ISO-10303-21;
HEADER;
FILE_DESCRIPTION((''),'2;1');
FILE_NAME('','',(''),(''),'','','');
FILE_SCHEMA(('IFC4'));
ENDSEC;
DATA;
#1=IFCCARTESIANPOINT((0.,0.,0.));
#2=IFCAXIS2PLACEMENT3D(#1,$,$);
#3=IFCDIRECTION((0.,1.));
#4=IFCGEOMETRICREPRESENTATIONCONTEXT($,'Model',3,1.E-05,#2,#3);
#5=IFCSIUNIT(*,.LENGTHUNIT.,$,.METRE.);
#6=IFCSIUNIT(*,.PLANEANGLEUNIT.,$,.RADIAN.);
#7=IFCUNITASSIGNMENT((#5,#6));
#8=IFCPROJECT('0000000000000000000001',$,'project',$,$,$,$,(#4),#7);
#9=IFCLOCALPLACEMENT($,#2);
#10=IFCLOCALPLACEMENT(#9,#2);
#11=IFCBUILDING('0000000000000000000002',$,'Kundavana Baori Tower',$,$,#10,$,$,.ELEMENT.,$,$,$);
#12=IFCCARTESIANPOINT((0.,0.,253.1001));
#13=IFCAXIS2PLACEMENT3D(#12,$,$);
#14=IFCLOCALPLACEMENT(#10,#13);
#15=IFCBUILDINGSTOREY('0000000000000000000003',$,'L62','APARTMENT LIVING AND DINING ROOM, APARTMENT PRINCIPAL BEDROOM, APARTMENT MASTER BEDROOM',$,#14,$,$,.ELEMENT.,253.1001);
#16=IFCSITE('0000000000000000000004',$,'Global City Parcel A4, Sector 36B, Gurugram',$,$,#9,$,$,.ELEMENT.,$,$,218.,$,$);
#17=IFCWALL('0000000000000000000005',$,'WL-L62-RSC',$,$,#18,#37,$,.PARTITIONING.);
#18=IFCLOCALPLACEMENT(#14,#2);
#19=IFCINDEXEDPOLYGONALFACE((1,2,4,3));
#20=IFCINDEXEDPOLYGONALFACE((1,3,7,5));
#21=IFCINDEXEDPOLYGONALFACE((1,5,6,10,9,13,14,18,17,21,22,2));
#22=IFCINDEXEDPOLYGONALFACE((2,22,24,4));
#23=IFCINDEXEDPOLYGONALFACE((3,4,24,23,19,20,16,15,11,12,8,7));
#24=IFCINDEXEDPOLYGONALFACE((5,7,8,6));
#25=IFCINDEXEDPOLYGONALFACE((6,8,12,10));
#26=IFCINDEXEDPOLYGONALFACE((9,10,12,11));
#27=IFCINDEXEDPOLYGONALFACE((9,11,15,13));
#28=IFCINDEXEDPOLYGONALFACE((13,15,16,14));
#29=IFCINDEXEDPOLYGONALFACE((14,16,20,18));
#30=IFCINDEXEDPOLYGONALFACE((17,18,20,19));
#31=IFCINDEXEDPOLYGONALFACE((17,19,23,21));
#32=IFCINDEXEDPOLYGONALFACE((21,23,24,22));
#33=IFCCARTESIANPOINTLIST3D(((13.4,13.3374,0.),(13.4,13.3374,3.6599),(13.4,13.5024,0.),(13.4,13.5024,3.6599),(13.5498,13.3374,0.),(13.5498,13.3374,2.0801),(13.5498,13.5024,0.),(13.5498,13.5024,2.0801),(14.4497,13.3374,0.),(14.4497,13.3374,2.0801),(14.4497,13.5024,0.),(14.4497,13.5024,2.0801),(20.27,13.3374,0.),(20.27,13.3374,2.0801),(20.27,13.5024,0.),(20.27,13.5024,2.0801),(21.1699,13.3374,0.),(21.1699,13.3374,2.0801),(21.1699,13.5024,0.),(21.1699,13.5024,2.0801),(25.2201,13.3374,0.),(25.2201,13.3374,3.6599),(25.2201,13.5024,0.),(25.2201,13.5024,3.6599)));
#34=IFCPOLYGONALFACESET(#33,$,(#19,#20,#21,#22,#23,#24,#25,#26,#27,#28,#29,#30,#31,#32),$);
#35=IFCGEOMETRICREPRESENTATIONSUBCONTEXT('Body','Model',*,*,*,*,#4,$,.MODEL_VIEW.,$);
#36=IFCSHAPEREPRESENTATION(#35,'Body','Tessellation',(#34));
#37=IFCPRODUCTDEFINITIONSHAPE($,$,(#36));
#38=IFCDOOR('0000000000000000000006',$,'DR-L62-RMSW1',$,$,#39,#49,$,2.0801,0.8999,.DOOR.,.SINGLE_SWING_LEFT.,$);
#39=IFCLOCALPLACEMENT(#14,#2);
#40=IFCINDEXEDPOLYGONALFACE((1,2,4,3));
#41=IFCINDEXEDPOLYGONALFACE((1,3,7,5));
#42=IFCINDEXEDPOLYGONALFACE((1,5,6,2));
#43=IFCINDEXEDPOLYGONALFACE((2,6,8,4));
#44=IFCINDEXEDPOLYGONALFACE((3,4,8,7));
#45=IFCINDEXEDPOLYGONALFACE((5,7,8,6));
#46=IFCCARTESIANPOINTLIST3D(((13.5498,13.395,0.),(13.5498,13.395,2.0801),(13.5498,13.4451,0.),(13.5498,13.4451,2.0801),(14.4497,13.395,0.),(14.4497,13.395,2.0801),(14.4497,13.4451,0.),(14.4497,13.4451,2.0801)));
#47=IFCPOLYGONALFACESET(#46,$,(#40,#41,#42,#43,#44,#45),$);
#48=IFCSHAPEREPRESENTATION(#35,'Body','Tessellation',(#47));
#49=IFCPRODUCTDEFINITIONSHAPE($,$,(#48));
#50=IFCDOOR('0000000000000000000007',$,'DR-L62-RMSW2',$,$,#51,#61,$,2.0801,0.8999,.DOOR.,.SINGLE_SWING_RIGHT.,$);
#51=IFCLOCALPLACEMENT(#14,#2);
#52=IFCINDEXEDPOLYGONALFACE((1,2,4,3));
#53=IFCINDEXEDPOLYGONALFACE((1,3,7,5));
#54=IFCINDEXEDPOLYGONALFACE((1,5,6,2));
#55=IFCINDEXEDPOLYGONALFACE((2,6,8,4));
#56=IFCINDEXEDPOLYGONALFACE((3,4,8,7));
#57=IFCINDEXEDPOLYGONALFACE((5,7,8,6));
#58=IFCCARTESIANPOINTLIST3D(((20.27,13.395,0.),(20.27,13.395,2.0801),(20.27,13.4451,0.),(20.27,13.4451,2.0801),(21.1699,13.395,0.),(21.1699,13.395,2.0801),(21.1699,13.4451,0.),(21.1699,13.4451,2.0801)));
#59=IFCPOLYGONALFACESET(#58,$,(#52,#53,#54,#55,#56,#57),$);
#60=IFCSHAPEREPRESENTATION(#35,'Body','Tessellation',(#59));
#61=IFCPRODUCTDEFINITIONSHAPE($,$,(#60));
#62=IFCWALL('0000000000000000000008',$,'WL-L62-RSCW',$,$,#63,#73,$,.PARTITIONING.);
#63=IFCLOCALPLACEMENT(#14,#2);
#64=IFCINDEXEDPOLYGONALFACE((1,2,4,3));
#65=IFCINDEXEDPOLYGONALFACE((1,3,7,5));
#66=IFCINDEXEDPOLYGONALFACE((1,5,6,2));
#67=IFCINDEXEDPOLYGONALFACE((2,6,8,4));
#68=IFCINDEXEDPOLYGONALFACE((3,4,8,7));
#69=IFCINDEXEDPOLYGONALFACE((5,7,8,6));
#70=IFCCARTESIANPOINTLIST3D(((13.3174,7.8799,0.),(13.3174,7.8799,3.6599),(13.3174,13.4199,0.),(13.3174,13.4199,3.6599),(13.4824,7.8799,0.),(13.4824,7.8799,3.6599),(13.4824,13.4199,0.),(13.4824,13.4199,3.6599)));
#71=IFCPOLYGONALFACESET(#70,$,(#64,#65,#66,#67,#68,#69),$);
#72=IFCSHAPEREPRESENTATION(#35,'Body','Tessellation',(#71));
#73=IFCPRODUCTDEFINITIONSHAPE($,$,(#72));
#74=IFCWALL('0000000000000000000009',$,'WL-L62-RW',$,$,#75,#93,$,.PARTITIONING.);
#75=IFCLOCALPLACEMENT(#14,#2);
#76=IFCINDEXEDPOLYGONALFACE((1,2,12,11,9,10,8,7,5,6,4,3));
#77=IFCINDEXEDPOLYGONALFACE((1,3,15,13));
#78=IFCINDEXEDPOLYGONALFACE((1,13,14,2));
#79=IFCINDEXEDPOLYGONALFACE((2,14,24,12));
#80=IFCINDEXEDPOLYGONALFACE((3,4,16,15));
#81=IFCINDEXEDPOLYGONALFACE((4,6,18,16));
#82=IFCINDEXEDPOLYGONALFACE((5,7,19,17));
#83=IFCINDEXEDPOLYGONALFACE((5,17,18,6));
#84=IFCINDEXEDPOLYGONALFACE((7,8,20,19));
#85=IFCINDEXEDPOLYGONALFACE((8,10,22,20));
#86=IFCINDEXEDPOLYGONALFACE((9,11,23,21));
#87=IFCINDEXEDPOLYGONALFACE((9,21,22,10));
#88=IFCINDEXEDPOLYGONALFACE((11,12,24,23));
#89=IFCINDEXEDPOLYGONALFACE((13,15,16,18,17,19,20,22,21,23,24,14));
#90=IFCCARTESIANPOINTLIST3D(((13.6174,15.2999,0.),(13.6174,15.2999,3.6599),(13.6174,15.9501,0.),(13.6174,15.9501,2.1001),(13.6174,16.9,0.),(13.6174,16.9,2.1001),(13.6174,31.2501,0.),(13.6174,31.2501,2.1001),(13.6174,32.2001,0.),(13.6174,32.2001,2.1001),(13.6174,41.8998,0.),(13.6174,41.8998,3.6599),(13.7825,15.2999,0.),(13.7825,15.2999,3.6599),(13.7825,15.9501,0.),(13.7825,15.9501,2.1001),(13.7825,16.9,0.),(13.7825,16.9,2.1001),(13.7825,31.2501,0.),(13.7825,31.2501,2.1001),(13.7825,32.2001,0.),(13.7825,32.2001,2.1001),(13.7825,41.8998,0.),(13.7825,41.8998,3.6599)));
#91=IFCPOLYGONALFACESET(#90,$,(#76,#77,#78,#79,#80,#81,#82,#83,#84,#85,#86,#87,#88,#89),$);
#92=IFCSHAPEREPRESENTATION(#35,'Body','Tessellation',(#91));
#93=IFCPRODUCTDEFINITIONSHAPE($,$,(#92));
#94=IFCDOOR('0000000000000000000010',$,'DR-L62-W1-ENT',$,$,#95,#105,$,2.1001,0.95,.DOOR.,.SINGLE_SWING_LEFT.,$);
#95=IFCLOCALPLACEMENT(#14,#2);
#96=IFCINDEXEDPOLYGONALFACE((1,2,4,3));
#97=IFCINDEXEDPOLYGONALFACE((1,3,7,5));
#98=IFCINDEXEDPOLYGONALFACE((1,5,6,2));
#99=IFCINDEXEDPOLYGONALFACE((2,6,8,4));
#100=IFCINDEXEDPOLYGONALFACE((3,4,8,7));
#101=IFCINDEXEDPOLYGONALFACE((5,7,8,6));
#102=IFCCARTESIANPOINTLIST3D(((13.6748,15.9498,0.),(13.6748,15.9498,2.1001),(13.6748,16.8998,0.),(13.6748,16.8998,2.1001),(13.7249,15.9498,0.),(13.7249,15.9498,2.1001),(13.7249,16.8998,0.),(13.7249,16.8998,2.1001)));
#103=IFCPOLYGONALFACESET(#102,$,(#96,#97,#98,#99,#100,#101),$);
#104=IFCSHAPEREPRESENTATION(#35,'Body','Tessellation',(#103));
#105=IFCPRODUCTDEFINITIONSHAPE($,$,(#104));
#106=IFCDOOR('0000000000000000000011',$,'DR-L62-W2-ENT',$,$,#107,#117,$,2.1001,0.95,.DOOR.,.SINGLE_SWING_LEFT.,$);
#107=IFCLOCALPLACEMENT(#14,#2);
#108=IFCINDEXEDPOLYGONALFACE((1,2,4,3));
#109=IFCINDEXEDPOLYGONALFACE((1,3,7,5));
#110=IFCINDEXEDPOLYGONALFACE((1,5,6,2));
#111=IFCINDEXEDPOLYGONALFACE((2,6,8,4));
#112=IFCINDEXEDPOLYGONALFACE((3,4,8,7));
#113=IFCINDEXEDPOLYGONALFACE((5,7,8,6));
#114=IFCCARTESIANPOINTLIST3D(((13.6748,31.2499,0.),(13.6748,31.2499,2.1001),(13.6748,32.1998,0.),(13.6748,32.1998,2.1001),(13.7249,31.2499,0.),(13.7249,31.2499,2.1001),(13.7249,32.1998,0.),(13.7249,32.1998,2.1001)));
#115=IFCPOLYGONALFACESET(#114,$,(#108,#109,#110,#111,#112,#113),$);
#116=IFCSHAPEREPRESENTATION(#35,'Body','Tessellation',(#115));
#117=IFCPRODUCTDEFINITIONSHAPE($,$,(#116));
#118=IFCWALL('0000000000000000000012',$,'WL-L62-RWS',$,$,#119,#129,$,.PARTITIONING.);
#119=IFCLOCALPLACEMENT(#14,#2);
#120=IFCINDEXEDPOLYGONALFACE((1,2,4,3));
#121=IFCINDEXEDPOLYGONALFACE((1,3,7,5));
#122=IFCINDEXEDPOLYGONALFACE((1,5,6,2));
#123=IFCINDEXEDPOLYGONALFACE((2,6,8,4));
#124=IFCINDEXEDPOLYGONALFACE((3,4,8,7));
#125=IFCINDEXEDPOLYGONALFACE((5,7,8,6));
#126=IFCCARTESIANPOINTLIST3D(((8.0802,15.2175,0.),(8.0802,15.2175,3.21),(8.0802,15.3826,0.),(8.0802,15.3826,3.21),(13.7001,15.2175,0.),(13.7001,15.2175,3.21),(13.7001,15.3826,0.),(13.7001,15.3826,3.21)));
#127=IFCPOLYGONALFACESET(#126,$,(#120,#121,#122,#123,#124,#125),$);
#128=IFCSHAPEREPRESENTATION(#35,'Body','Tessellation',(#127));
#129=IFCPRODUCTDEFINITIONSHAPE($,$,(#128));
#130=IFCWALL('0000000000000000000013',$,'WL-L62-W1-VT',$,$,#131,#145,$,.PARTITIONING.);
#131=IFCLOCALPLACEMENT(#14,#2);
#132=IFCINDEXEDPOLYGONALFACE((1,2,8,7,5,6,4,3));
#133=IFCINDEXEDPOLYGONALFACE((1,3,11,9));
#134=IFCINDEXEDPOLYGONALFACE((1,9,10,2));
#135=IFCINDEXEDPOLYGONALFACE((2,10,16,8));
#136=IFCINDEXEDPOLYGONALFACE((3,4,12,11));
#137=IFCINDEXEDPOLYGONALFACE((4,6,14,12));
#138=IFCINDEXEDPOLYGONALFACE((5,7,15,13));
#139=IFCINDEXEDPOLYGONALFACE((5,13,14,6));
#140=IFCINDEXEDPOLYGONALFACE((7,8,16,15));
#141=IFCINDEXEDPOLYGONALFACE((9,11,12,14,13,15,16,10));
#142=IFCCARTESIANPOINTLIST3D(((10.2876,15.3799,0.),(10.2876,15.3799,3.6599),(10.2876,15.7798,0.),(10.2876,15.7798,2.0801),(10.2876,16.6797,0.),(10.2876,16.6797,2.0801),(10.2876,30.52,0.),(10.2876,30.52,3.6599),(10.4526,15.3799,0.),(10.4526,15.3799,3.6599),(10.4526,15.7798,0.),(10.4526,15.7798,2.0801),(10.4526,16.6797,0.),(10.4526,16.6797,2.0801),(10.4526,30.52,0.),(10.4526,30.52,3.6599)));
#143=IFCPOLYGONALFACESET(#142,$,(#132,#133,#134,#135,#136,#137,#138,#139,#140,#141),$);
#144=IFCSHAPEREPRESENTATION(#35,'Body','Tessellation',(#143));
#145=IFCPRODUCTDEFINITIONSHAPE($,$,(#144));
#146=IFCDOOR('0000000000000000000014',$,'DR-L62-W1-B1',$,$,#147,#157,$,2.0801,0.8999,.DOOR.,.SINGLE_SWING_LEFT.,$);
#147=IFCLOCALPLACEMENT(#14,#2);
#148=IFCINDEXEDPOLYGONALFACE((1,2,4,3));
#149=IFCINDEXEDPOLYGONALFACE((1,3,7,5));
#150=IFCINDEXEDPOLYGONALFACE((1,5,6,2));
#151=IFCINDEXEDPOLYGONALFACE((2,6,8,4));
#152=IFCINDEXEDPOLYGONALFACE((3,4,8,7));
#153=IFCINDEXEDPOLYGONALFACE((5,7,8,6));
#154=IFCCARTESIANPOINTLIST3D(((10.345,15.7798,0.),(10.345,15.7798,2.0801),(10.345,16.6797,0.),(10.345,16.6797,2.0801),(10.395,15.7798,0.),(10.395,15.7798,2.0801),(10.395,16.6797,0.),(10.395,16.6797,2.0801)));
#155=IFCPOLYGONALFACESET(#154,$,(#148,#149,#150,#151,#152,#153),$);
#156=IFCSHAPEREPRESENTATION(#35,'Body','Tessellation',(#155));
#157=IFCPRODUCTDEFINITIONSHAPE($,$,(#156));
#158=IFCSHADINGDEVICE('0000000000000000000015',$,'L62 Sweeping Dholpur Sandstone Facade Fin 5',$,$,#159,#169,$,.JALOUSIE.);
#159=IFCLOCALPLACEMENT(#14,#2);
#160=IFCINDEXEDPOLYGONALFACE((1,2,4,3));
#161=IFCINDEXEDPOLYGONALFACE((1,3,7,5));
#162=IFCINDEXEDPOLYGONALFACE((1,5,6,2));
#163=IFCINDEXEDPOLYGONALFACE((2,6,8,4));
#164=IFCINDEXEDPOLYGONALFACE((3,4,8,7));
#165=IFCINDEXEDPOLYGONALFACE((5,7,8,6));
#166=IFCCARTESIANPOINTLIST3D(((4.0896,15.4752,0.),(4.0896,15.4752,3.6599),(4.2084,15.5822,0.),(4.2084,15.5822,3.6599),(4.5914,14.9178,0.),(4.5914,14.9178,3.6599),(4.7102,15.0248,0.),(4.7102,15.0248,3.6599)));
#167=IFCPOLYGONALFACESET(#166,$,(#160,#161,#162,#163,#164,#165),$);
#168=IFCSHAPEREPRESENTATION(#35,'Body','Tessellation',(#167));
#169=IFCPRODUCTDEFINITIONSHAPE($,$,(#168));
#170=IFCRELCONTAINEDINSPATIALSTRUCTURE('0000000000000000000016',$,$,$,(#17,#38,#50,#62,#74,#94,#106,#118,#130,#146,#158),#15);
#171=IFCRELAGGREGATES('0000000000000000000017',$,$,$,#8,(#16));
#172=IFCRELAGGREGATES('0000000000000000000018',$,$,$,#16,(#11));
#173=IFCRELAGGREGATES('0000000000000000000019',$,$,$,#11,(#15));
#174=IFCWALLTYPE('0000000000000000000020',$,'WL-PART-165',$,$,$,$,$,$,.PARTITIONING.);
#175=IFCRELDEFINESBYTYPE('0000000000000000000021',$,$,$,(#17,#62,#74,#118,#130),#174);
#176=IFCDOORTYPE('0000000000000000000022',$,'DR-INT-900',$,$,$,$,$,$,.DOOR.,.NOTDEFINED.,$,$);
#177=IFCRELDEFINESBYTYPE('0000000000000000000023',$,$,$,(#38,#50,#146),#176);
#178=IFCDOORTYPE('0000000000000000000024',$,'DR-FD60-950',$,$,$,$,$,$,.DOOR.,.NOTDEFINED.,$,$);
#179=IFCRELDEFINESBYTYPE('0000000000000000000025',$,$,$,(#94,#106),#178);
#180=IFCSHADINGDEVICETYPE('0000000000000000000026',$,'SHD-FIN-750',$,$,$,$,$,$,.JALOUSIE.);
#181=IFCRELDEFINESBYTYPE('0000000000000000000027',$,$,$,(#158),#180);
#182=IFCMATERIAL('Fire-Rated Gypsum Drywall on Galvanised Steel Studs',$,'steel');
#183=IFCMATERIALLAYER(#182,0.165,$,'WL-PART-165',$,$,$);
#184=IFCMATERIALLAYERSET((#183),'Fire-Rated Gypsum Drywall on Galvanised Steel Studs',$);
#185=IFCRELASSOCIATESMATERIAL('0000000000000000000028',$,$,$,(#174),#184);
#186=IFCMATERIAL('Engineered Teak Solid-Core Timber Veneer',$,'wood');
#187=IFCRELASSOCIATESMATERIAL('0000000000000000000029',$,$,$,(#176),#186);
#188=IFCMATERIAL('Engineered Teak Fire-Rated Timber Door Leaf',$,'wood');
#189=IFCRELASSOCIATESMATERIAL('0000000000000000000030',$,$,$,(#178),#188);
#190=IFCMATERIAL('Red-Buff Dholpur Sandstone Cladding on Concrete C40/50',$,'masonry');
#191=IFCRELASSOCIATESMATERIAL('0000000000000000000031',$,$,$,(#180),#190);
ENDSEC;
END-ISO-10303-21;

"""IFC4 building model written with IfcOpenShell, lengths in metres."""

from ifc_helpers import new_model, si_unit, direction, frame, frame_2d, origin, origin_2d, place, context, subcontext, project, spatial, rectangle, extrude, material, layer, layer_set, type_object, element, fill, save


model = new_model("IFC4")

# Units and contexts
model_context = context("Model", 3, precision=1e-05, world=origin(), true_north=direction((0.0, 1.0)))
body_context = subcontext(model_context, "Body", "Model", "MODEL_VIEW")
ifc_project = project(units=[si_unit("LENGTHUNIT", "METRE"), si_unit("PLANEANGLEUNIT", "RADIAN")], contexts=[model_context])

# Site, building, storey
site_placement = place(None, origin())
site = spatial("IfcSite", under=ifc_project, at=site_placement, Name="Global City Parcel A4, Sector 36B, Gurugram", CompositionType="ELEMENT", RefElevation=218.0)
building_placement = place(site_placement, origin())
building = spatial("IfcBuilding", under=site, at=building_placement, Name="Kundavana Baori Tower", CompositionType="ELEMENT")
storey_placement = place(building_placement, frame((0.0, 0.0, 253.1001)))
storey = spatial("IfcBuildingStorey", under=building, at=storey_placement, Name="L62", Description="APARTMENT LIVING AND DINING ROOM, APARTMENT PRINCIPAL BEDROOM, APARTMENT MASTER BEDROOM", CompositionType="ELEMENT", Elevation=253.1001)

# Wall, openings, doors
ifc_material_1 = material(Name="Fire-Rated Gypsum Drywall on Galvanised Steel Studs", Category="steel")
ifc_layer_1 = layer(ifc_material_1, 0.165, Name="WL-PART-165")
ifc_layer_set_1 = layer_set([ifc_layer_1], Name="Fire-Rated Gypsum Drywall on Galvanised Steel Studs")
wall_type_1 = type_object("IfcWallType", Name="WL-PART-165", PredefinedType="PARTITIONING", material=ifc_layer_set_1)
wall_1_placement = place(storey_placement, frame((13.3999, 13.4199, 0.0), z_axis=(0.0, 0.0, 1.0), x_axis=(1.0, 0.0, 0.0)))
wall_1 = element("IfcWall", 1, at=wall_1_placement, inside=storey, type_object=wall_type_1, Name="WL-L62-RSC", PredefinedType="PARTITIONING", context=body_context, shape_type="SweptSolid", body=[
    extrude(rectangle(XDim=11.8201, YDim=0.165, at=frame_2d((5.9102, 0.0))), origin(), (0.0, 0.0, 1.0), 3.6599),
])
opening_1_placement = place(wall_1_placement, frame((0.1499, 0.0, 0.0)))
opening_1 = element("IfcOpeningElement", 2, at=opening_1_placement, cuts=wall_1, PredefinedType="OPENING", context=body_context, shape_type="SweptSolid", body=[
    extrude(rectangle(XDim=0.8999, YDim=2.0801, at=frame_2d((0.45, 1.04))), frame((0.0, 0.0925, 0.0), z_axis=(0.0, -1.0, 0.0), x_axis=(1.0, 0.0, 0.0)), (0.0, 0.0, 1.0), 0.1851),
])
opening_2_placement = place(wall_1_placement, frame((6.8701, 0.0, 0.0)))
opening_2 = element("IfcOpeningElement", 3, at=opening_2_placement, cuts=wall_1, PredefinedType="OPENING", context=body_context, shape_type="SweptSolid", body=[
    extrude(rectangle(XDim=0.8999, YDim=2.0801, at=frame_2d((0.45, 1.04))), frame((0.0, 0.0925, 0.0), z_axis=(0.0, -1.0, 0.0), x_axis=(1.0, 0.0, 0.0)), (0.0, 0.0, 1.0), 0.1851),
])
ifc_material_2 = material(Name="Engineered Teak Solid-Core Timber Veneer", Category="wood")
door_type_1 = type_object("IfcDoorType", Name="DR-INT-900", OperationType="NOTDEFINED", PredefinedType="DOOR", material=ifc_material_2)
door_1_placement = place(opening_1_placement, frame((0.8999, 0.0, 0.0), z_axis=(0.0, 0.0, 1.0), x_axis=(-1.0, 0.0, 0.0)))
door_1 = element("IfcDoor", 4, at=door_1_placement, inside=storey, type_object=door_type_1, Name="DR-L62-RMSW1", OperationType="SINGLE_SWING_LEFT", OverallHeight=2.0801, OverallWidth=0.8999, PredefinedType="DOOR", context=body_context, shape_type="SweptSolid", body=[
    extrude(rectangle(XDim=0.8999, YDim=2.0801, at=frame_2d((0.45, 1.04))), frame((0.0, 0.0249, 0.0), z_axis=(0.0, -1.0, 0.0), x_axis=(1.0, 0.0, 0.0)), (0.0, 0.0, 1.0), 0.05),
])
fill(opening_1, door_1)
door_2_placement = place(opening_2_placement, frame((0.8999, 0.0, 0.0), z_axis=(0.0, 0.0, 1.0), x_axis=(-1.0, 0.0, 0.0)))
door_2 = element("IfcDoor", 5, at=door_2_placement, inside=storey, type_object=door_type_1, Name="DR-L62-RMSW2", OperationType="SINGLE_SWING_RIGHT", OverallHeight=2.0801, OverallWidth=0.8999, PredefinedType="DOOR", context=body_context, shape_type="SweptSolid", body=[
    extrude(rectangle(XDim=0.8999, YDim=2.0801, at=frame_2d((0.45, 1.04))), frame((0.0, 0.0249, 0.0), z_axis=(0.0, -1.0, 0.0), x_axis=(1.0, 0.0, 0.0)), (0.0, 0.0, 1.0), 0.05),
])
fill(opening_2, door_2)

# Wall
wall_2_placement = place(storey_placement, frame((13.3999, 7.8799, 0.0), z_axis=(0.0, 0.0, 1.0), x_axis=(0.0, 1.0, 0.0)))
element("IfcWall", 6, at=wall_2_placement, inside=storey, type_object=wall_type_1, Name="WL-L62-RSCW", PredefinedType="PARTITIONING", context=body_context, shape_type="SweptSolid", body=[
    extrude(rectangle(XDim=5.54, YDim=0.165, at=frame_2d((2.77, 0.0))), origin(), (0.0, 0.0, 1.0), 3.6599),
])

# Wall, openings, doors
wall_3_placement = place(storey_placement, frame((13.7, 15.3, 0.0), z_axis=(0.0, 0.0, 1.0), x_axis=(0.0, 1.0, 0.0)))
wall_3 = element("IfcWall", 7, at=wall_3_placement, inside=storey, type_object=wall_type_1, Name="WL-L62-RW", PredefinedType="PARTITIONING", context=body_context, shape_type="SweptSolid", body=[
    extrude(rectangle(XDim=26.5999, YDim=0.165, at=frame_2d((13.2998, 0.0))), origin(), (0.0, 0.0, 1.0), 3.6599),
])
opening_3_placement = place(wall_3_placement, frame((0.6499, 0.0, 0.0)))
opening_3 = element("IfcOpeningElement", 8, at=opening_3_placement, cuts=wall_3, PredefinedType="OPENING", context=body_context, shape_type="SweptSolid", body=[
    extrude(rectangle(XDim=0.95, YDim=2.1001, at=frame_2d((0.4751, 1.05))), frame((0.0, 0.0925, 0.0), z_axis=(0.0, -1.0, 0.0), x_axis=(1.0, 0.0, 0.0)), (0.0, 0.0, 1.0), 0.1851),
])
opening_4_placement = place(wall_3_placement, frame((15.95, 0.0, 0.0)))
opening_4 = element("IfcOpeningElement", 9, at=opening_4_placement, cuts=wall_3, PredefinedType="OPENING", context=body_context, shape_type="SweptSolid", body=[
    extrude(rectangle(XDim=0.95, YDim=2.1001, at=frame_2d((0.4751, 1.05))), frame((0.0, 0.0925, 0.0), z_axis=(0.0, -1.0, 0.0), x_axis=(1.0, 0.0, 0.0)), (0.0, 0.0, 1.0), 0.1851),
])
ifc_material_3 = material(Name="Engineered Teak Fire-Rated Timber Door Leaf", Category="wood")
door_type_2 = type_object("IfcDoorType", Name="DR-FD60-950", OperationType="NOTDEFINED", PredefinedType="DOOR", material=ifc_material_3)
door_3_placement = place(opening_3_placement, frame((0.95, 0.0, 0.0), z_axis=(0.0, 0.0, 1.0), x_axis=(-1.0, 0.0, 0.0)))
door_3 = element("IfcDoor", 10, at=door_3_placement, inside=storey, type_object=door_type_2, Name="DR-L62-W1-ENT", OperationType="SINGLE_SWING_LEFT", OverallHeight=2.1001, OverallWidth=0.95, PredefinedType="DOOR", context=body_context, shape_type="SweptSolid", body=[
    extrude(rectangle(XDim=0.95, YDim=2.1001, at=frame_2d((0.4751, 1.05))), frame((0.0, 0.0249, 0.0), z_axis=(0.0, -1.0, 0.0), x_axis=(1.0, 0.0, 0.0)), (0.0, 0.0, 1.0), 0.05),
])
fill(opening_3, door_3)
door_4_placement = place(opening_4_placement, frame((0.95, 0.0, 0.0), z_axis=(0.0, 0.0, 1.0), x_axis=(-1.0, 0.0, 0.0)))
door_4 = element("IfcDoor", 11, at=door_4_placement, inside=storey, type_object=door_type_2, Name="DR-L62-W2-ENT", OperationType="SINGLE_SWING_LEFT", OverallHeight=2.1001, OverallWidth=0.95, PredefinedType="DOOR", context=body_context, shape_type="SweptSolid", body=[
    extrude(rectangle(XDim=0.95, YDim=2.1001, at=frame_2d((0.4751, 1.05))), frame((0.0, 0.0249, 0.0), z_axis=(0.0, -1.0, 0.0), x_axis=(1.0, 0.0, 0.0)), (0.0, 0.0, 1.0), 0.05),
])
fill(opening_4, door_4)

# Wall
wall_4_placement = place(storey_placement, frame((8.0801, 15.3, 0.0), z_axis=(0.0, 0.0, 1.0), x_axis=(1.0, 0.0, 0.0)))
element("IfcWall", 12, at=wall_4_placement, inside=storey, type_object=wall_type_1, Name="WL-L62-RWS", PredefinedType="PARTITIONING", context=body_context, shape_type="SweptSolid", body=[
    extrude(rectangle(XDim=5.6199, YDim=0.165, at=frame_2d((2.8101, 0.0))), origin(), (0.0, 0.0, 1.0), 3.21),
])

# Wall, opening, door
wall_5_placement = place(storey_placement, frame((10.3701, 15.3799, 0.0), z_axis=(0.0, 0.0, 1.0), x_axis=(0.0, 1.0, 0.0)))
wall_5 = element("IfcWall", 13, at=wall_5_placement, inside=storey, type_object=wall_type_1, Name="WL-L62-W1-VT", PredefinedType="PARTITIONING", context=body_context, shape_type="SweptSolid", body=[
    extrude(rectangle(XDim=15.1401, YDim=0.165, at=frame_2d((7.5701, 0.0))), origin(), (0.0, 0.0, 1.0), 3.6599),
])
opening_5_placement = place(wall_5_placement, frame((0.3999, 0.0, 0.0)))
opening_5 = element("IfcOpeningElement", 14, at=opening_5_placement, cuts=wall_5, PredefinedType="OPENING", context=body_context, shape_type="SweptSolid", body=[
    extrude(rectangle(XDim=0.8999, YDim=2.0801, at=frame_2d((0.45, 1.04))), frame((0.0, 0.0925, 0.0), z_axis=(0.0, -1.0, 0.0), x_axis=(1.0, 0.0, 0.0)), (0.0, 0.0, 1.0), 0.1851),
])
door_5_placement = place(opening_5_placement, frame((0.8999, 0.0, 0.0), z_axis=(0.0, 0.0, 1.0), x_axis=(-1.0, 0.0, 0.0)))
door_5 = element("IfcDoor", 15, at=door_5_placement, inside=storey, type_object=door_type_1, Name="DR-L62-W1-B1", OperationType="SINGLE_SWING_LEFT", OverallHeight=2.0801, OverallWidth=0.8999, PredefinedType="DOOR", context=body_context, shape_type="SweptSolid", body=[
    extrude(rectangle(XDim=0.8999, YDim=2.0801, at=frame_2d((0.45, 1.04))), frame((0.0, 0.0249, 0.0), z_axis=(0.0, -1.0, 0.0), x_axis=(1.0, 0.0, 0.0)), (0.0, 0.0, 1.0), 0.05),
])
fill(opening_5, door_5)

# Shading device
ifc_material_4 = material(Name="Red-Buff Dholpur Sandstone Cladding on Concrete C40/50", Category="masonry")
shading_device_type_1 = type_object("IfcShadingDeviceType", Name="SHD-FIN-750", PredefinedType="JALOUSIE", material=ifc_material_4)
shading_device_1_placement = place(storey_placement, frame((4.3999, 15.25, 0.0), z_axis=(0.0, 0.0, 1.0), x_axis=(0.743145, 0.669131, 0.0)))
element("IfcShadingDevice", 16, at=shading_device_1_placement, inside=storey, type_object=shading_device_type_1, Name="L62 Sweeping Dholpur Sandstone Facade Fin 5", PredefinedType="JALOUSIE", context=body_context, shape_type="SweptSolid", body=[
    extrude(rectangle(XDim=0.1599, YDim=0.75, at=origin_2d()), origin(), (0.0, 0.0, 1.0), 3.6599),
])

save(model, "model.ifc")
